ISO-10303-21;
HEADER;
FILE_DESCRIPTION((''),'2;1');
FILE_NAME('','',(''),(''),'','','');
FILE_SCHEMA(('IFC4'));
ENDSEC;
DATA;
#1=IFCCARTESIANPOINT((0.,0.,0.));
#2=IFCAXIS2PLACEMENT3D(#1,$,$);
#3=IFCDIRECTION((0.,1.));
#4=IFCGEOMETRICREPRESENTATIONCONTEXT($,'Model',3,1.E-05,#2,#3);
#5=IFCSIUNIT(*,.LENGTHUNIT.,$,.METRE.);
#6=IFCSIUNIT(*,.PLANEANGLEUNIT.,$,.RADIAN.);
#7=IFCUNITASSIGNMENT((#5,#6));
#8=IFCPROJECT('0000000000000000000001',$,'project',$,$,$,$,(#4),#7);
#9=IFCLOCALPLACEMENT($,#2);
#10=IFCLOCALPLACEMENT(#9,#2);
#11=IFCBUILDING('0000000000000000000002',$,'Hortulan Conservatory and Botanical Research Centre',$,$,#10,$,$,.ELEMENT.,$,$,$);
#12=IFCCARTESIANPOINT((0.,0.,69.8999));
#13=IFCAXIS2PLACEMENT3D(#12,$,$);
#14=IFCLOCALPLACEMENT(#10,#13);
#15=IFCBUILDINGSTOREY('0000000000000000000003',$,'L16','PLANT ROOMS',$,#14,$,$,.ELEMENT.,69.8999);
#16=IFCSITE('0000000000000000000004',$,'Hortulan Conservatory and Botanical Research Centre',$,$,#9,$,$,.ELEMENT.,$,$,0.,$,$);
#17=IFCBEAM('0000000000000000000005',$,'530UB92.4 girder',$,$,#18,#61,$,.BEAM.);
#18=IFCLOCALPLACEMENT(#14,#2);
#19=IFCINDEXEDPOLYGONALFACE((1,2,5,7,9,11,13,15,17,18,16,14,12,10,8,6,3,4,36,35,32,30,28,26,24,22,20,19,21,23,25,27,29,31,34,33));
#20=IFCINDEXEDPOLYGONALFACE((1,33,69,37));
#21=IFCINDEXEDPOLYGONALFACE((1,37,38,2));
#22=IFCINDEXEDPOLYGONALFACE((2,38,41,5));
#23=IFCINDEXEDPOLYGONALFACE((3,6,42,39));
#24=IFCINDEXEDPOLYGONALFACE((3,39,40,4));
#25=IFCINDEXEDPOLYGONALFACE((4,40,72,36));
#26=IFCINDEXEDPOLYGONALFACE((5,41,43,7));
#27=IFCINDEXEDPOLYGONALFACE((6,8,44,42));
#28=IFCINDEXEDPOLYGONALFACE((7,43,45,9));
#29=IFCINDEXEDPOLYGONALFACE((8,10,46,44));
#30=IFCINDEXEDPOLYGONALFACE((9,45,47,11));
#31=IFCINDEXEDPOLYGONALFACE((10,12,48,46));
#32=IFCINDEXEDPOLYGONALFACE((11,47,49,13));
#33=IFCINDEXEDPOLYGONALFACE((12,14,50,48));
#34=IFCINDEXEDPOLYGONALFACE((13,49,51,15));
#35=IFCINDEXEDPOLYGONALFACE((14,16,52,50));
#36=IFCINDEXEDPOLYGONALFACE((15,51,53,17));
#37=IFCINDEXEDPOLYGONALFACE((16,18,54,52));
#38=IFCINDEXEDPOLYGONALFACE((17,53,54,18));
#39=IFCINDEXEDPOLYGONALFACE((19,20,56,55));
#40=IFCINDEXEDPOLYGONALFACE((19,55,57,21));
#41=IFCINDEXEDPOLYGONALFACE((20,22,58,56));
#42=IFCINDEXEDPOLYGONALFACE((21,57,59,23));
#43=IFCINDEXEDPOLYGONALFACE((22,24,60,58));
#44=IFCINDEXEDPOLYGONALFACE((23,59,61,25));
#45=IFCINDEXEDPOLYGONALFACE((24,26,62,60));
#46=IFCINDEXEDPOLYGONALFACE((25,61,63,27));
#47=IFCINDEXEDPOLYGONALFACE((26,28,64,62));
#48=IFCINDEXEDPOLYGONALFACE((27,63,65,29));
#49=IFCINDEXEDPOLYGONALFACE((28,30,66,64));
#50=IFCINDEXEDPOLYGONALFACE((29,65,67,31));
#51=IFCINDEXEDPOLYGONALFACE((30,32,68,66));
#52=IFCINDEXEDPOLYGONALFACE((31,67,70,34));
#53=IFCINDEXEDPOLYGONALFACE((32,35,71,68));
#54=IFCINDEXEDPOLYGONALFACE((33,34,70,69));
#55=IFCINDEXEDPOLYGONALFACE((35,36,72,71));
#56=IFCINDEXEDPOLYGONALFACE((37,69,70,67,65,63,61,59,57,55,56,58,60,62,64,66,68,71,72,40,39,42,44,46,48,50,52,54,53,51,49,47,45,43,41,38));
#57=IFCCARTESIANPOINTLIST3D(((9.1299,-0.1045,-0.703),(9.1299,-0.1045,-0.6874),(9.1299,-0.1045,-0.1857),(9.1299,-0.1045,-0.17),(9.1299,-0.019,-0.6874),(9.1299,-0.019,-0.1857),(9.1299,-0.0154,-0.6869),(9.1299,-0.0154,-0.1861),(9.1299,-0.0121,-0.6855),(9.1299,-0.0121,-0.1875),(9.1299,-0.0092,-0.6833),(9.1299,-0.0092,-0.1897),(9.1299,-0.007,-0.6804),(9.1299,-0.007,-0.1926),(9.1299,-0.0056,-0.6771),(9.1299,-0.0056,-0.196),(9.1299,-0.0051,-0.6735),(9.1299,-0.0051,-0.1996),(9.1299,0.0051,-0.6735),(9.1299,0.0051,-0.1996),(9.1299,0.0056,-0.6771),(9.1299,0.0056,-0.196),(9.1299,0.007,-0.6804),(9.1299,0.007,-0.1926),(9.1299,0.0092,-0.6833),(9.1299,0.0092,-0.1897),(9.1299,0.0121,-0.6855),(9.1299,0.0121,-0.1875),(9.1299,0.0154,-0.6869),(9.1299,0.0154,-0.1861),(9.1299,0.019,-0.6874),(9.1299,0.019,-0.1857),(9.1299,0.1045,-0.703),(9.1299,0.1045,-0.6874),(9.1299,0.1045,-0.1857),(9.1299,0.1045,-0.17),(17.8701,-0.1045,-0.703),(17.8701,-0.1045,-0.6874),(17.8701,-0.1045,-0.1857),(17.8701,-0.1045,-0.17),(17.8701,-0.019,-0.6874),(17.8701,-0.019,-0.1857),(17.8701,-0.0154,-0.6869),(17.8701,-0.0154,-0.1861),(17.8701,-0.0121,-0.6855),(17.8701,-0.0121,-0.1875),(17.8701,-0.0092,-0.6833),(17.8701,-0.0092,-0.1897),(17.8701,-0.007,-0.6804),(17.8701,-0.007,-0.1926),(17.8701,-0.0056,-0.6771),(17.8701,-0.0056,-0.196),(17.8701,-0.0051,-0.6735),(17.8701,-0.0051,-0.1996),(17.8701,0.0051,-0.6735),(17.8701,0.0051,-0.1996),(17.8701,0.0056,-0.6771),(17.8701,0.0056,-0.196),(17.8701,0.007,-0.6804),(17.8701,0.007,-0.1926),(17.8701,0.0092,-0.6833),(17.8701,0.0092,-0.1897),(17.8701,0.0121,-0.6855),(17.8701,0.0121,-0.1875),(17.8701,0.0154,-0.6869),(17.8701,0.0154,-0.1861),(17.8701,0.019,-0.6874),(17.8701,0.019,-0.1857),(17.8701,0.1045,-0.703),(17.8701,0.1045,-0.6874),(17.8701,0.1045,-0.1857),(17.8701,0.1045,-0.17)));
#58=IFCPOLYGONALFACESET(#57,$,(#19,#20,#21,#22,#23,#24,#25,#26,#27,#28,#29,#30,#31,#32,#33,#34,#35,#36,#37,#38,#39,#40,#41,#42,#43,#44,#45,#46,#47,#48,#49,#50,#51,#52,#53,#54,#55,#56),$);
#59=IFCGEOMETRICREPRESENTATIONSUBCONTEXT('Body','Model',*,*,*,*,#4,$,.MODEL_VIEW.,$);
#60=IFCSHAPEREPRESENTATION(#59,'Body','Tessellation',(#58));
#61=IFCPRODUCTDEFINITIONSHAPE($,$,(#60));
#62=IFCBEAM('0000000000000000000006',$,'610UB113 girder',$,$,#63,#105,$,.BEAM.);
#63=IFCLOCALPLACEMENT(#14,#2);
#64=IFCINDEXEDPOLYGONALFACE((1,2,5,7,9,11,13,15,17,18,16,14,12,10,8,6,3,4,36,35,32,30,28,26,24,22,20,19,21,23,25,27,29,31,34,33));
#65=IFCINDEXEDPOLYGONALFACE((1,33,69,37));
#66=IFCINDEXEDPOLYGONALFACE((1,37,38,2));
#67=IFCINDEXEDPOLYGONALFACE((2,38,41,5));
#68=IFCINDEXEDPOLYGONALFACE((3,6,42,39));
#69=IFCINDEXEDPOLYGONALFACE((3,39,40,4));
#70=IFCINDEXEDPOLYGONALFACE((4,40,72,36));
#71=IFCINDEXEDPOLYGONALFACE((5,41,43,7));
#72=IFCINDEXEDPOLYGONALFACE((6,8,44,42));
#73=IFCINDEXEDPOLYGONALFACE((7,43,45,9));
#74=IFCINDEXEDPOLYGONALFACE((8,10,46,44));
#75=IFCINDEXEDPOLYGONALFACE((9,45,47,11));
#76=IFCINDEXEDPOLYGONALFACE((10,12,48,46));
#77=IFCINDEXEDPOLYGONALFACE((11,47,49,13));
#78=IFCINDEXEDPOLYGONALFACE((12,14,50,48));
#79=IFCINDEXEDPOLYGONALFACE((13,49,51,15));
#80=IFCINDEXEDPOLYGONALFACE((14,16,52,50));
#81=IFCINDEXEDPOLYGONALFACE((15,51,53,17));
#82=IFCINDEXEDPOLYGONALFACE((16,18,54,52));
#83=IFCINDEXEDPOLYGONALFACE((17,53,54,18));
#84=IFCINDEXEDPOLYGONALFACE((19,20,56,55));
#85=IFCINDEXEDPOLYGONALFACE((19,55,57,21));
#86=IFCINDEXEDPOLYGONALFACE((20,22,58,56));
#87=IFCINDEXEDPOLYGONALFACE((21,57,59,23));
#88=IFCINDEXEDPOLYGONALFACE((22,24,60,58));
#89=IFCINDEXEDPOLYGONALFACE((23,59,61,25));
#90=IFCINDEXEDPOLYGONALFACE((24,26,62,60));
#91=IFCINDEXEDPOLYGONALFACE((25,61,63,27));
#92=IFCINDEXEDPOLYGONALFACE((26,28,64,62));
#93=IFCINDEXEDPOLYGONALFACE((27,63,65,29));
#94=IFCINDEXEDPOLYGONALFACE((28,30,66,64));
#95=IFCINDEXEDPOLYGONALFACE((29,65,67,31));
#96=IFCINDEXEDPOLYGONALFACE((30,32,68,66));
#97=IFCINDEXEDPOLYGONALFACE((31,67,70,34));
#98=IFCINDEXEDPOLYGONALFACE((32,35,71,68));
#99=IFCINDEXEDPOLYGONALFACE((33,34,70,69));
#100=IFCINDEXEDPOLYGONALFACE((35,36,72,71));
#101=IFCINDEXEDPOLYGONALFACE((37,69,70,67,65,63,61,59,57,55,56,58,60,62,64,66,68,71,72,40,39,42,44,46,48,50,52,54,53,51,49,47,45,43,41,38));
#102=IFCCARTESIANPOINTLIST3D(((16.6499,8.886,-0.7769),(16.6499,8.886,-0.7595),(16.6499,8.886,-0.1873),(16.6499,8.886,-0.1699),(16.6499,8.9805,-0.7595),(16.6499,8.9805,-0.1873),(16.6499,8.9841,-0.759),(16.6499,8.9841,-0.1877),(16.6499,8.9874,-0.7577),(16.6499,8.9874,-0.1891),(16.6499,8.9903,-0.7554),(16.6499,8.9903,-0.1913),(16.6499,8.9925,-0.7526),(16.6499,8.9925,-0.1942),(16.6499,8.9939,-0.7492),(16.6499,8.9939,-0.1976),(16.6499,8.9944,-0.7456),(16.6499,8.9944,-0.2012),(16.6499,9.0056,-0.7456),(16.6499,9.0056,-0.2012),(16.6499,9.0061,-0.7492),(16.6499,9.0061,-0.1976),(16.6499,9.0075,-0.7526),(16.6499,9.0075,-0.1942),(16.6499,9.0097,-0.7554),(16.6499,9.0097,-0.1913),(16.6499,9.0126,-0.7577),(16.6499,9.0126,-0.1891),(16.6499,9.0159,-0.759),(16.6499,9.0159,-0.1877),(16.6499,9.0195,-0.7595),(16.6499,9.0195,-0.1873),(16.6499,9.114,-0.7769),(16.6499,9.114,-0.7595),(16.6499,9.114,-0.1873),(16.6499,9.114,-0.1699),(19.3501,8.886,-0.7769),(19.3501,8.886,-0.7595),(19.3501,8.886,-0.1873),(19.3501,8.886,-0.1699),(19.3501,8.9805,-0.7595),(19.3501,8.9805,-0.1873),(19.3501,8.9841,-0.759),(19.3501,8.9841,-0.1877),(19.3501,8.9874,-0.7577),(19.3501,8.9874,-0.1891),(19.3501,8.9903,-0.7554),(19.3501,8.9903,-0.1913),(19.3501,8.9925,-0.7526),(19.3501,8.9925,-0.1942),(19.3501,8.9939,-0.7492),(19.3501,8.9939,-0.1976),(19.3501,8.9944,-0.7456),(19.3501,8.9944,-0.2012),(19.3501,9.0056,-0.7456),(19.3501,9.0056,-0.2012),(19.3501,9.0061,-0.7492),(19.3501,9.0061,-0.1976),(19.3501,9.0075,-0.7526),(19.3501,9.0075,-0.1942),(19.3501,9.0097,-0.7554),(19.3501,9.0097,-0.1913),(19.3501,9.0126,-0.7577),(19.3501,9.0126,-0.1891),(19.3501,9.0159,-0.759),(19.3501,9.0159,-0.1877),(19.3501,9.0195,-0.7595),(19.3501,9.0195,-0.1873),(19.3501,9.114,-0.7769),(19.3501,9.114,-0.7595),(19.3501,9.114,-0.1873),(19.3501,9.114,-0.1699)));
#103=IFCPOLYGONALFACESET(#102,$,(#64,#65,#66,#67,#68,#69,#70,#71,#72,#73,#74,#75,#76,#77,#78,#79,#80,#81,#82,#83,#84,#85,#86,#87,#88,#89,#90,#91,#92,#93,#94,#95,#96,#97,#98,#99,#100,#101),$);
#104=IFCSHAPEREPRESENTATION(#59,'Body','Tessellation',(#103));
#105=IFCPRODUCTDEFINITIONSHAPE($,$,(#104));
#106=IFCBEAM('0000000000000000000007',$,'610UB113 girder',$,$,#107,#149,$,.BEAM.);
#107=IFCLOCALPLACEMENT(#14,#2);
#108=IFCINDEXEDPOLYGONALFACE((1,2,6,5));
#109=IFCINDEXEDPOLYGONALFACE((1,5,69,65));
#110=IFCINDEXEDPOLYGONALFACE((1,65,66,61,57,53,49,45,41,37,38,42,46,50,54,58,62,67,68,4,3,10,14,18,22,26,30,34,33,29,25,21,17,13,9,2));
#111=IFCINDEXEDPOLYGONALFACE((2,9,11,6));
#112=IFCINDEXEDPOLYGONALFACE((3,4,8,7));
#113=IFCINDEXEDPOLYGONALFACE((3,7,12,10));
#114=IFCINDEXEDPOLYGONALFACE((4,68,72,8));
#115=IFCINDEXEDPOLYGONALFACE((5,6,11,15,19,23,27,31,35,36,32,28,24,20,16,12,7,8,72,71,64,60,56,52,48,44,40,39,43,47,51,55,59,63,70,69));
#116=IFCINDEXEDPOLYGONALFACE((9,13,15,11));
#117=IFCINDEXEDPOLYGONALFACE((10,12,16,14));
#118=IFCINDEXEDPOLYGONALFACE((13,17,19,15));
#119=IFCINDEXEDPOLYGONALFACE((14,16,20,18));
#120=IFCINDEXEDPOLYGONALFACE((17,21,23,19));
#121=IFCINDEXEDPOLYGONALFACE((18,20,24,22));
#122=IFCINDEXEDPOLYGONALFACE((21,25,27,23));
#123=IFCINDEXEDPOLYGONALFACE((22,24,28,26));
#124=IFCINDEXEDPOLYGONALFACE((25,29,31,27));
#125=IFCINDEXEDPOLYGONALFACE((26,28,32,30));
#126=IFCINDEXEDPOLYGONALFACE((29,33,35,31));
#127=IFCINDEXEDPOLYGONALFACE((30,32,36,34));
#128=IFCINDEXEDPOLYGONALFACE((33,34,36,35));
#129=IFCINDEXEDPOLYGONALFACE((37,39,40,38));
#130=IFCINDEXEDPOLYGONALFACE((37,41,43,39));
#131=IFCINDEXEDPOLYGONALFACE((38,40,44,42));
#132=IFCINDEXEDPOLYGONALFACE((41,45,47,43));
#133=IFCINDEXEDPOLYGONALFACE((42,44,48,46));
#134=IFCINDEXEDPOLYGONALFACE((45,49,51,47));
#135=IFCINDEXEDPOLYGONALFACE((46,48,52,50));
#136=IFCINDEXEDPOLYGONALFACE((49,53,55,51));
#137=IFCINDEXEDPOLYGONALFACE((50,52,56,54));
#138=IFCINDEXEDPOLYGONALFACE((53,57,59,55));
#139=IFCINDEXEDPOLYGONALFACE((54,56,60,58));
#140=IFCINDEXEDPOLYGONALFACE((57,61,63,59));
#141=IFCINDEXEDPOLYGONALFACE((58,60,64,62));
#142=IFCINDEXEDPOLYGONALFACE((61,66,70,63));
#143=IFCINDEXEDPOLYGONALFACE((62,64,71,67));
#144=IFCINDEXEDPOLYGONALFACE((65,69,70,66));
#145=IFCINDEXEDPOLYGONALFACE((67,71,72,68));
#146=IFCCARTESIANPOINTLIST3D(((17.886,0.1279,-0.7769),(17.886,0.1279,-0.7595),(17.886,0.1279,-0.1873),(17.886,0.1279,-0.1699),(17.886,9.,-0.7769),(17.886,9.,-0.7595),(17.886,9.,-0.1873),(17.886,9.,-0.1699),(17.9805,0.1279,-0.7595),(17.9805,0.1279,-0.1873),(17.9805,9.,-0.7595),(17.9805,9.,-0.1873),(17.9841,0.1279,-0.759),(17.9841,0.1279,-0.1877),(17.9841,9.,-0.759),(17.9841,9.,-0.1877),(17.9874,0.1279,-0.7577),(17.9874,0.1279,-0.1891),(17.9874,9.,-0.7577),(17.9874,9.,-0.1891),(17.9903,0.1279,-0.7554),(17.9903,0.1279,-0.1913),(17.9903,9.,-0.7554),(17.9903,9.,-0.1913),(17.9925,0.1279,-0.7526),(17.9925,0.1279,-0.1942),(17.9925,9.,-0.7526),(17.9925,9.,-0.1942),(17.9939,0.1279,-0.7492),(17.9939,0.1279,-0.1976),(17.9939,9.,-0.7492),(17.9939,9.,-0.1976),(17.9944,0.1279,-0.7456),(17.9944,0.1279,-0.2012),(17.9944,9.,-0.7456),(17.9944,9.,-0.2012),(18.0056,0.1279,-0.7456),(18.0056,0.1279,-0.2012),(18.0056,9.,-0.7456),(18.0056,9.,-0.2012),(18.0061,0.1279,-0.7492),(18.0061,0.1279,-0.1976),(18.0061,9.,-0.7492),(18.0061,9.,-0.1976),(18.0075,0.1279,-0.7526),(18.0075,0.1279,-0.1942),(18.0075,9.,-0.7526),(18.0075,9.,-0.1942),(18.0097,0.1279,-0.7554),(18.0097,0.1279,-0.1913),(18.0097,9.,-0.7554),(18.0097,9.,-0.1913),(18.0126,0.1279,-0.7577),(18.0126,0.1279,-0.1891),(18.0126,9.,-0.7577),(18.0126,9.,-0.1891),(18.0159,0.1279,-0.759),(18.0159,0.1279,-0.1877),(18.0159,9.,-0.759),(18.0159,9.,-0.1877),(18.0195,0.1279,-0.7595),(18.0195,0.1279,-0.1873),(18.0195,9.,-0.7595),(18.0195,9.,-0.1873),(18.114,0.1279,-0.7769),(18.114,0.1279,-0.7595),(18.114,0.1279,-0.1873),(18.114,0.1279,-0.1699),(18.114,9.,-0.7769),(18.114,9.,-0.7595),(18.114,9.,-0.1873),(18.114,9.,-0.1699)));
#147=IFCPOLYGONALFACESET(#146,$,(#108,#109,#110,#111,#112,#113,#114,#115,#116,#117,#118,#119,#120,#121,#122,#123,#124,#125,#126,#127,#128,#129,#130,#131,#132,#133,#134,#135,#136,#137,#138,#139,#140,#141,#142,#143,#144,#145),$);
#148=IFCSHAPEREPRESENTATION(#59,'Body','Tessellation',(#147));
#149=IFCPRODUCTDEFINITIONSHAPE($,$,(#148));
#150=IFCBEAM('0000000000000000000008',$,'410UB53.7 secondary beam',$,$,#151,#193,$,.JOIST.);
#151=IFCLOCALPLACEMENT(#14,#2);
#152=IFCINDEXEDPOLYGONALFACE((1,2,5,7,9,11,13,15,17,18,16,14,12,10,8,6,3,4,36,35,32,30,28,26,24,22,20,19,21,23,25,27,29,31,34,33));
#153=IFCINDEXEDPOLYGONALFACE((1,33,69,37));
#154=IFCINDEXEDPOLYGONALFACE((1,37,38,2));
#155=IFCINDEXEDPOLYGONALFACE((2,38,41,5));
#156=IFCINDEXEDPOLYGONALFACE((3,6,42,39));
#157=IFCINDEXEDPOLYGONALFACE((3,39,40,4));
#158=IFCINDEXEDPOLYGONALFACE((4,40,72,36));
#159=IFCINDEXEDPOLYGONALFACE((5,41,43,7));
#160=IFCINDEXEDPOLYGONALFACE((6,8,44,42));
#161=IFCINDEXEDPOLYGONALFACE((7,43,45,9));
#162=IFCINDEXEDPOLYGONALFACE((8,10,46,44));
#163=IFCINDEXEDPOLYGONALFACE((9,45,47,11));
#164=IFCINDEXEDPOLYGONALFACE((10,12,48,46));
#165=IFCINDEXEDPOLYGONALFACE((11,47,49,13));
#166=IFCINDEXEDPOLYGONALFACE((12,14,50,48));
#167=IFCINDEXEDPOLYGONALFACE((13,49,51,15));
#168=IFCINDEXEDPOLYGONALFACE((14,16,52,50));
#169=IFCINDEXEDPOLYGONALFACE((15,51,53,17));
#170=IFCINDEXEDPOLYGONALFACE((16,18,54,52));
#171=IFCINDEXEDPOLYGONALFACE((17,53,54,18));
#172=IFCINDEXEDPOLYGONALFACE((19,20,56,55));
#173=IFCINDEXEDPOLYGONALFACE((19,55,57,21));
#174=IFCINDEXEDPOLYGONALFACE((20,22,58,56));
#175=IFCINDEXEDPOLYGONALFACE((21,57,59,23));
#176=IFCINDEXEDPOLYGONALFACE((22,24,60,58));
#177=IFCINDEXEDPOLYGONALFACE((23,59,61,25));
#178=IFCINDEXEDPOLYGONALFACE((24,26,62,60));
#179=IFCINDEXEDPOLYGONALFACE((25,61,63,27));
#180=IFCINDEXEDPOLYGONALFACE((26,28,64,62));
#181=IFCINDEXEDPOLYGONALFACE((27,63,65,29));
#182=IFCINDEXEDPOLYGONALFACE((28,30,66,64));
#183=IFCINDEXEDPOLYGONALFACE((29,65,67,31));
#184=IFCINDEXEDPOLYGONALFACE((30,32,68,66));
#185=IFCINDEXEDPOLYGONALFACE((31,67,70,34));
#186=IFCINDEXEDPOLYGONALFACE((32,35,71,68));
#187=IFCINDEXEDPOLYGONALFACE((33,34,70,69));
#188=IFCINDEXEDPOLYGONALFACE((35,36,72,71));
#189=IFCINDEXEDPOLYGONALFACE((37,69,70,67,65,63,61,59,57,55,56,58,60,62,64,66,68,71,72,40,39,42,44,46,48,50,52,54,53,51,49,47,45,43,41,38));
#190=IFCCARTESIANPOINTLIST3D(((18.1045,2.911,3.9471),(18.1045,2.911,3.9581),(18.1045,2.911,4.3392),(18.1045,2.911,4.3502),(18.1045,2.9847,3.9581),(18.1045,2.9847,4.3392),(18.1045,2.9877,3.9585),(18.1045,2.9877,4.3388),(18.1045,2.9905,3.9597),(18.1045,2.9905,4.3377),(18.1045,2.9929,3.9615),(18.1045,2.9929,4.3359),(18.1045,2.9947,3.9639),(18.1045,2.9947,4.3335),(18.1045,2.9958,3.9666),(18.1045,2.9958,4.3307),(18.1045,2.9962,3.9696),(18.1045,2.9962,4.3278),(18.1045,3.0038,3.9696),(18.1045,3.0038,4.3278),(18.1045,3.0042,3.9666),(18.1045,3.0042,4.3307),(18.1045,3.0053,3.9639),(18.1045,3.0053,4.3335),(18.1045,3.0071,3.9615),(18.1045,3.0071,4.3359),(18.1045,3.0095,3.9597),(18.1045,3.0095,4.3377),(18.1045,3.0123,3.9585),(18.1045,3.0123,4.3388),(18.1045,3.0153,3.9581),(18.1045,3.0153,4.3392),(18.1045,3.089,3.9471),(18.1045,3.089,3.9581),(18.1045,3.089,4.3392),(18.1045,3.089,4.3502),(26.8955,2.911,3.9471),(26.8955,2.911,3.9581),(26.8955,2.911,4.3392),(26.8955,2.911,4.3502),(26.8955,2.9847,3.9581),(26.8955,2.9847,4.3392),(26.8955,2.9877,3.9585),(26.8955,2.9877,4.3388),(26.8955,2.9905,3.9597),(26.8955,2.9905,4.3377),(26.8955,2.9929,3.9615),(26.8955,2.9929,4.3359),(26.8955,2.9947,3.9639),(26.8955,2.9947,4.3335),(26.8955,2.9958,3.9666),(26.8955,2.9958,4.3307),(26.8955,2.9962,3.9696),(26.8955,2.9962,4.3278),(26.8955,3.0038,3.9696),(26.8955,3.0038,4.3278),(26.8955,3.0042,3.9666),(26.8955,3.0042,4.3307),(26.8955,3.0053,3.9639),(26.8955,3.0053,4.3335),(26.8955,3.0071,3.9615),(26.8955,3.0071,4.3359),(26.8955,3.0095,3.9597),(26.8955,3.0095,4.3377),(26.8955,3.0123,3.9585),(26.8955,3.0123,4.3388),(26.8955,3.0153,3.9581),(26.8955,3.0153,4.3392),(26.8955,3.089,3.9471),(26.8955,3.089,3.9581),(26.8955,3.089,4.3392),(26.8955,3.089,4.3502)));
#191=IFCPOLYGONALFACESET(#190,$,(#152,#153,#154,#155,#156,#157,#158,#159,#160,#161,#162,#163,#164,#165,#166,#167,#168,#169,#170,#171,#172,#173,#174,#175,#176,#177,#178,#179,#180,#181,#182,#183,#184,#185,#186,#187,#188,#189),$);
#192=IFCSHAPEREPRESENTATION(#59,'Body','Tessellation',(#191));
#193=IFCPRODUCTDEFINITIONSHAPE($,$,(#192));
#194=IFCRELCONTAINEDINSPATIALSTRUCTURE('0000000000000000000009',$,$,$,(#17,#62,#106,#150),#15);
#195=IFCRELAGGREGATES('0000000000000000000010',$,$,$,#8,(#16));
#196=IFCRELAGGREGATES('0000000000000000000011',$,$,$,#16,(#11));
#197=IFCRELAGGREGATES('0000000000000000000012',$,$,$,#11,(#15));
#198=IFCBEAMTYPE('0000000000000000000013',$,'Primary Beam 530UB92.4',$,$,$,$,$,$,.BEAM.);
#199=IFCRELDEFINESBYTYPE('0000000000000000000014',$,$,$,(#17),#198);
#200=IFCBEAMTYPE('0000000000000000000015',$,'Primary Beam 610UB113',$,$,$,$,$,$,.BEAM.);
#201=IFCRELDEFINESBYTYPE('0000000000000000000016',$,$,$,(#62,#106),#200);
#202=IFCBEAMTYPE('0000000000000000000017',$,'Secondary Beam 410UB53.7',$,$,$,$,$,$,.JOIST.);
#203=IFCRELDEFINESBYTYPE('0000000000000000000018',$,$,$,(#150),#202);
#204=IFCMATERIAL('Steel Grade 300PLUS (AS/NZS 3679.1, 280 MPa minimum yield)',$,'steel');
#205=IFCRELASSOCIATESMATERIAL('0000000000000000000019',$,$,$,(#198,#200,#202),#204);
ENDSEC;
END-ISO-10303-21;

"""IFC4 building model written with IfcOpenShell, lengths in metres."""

from ifc_helpers import new_model, si_unit, direction, frame, origin, origin_2d, place, context, subcontext, project, spatial, i_section, extrude, material, material_profile, profile_set, type_object, element, save


model = new_model("IFC4")

# Units and contexts
model_context = context("Model", 3, precision=1e-05, world=origin(), true_north=direction((0.0, 1.0)))
body_context = subcontext(model_context, "Body", "Model", "MODEL_VIEW")
ifc_project = project(units=[si_unit("LENGTHUNIT", "METRE"), si_unit("PLANEANGLEUNIT", "RADIAN")], contexts=[model_context])

# Site, building, storey
site_placement = place(None, origin())
site = spatial("IfcSite", under=ifc_project, at=site_placement, Name="Hortulan Conservatory and Botanical Research Centre", CompositionType="ELEMENT", RefElevation=0.0)
building_placement = place(site_placement, origin())
building = spatial("IfcBuilding", under=site, at=building_placement, Name="Hortulan Conservatory and Botanical Research Centre", CompositionType="ELEMENT")
storey_placement = place(building_placement, frame((0.0, 0.0, 69.8999)))
storey = spatial("IfcBuildingStorey", under=building, at=storey_placement, Name="L16", Description="PLANT ROOMS", CompositionType="ELEMENT", Elevation=69.8999)

# Shared definitions
ifc_material_1 = material(Name="Steel Grade 300PLUS (AS/NZS 3679.1, 280 MPa minimum yield)", Category="steel")

# Beams
ifc_material_profile_1 = material_profile(ifc_material_1, i_section(OverallWidth=0.209, OverallDepth=0.533, WebThickness=0.0103, FlangeThickness=0.0156, FilletRadius=0.0139, at=origin_2d()), Name="530UB92.4")
ifc_profile_set_1 = profile_set([ifc_material_profile_1], Name="Steel Grade 300PLUS (AS/NZS 3679.1, 280 MPa minimum yield)")
beam_type_1 = type_object("IfcBeamType", Name="Primary Beam 530UB92.4", PredefinedType="BEAM", material=ifc_profile_set_1)
beam_1_placement = place(storey_placement, frame((9.1299, 0.0, -0.4365), z_axis=(1.0, 0.0, 0.0), x_axis=(0.0, 1.0, 0.0)))
element("IfcBeam", 1, at=beam_1_placement, inside=storey, type_object=beam_type_1, Name="530UB92.4 girder", PredefinedType="BEAM", context=body_context, shape_type="SweptSolid", body=[
    extrude(i_section(OverallWidth=0.209, OverallDepth=0.533, WebThickness=0.0103, FlangeThickness=0.0156, FilletRadius=0.0139, at=origin_2d()), origin(), (0.0, 0.0, 1.0), 8.7402),
])
ifc_material_profile_2 = material_profile(ifc_material_1, i_section(OverallWidth=0.228, OverallDepth=0.6069, WebThickness=0.0112, FlangeThickness=0.0173, FilletRadius=0.0139, at=origin_2d()), Name="610UB113")
ifc_profile_set_2 = profile_set([ifc_material_profile_2], Name="Steel Grade 300PLUS (AS/NZS 3679.1, 280 MPa minimum yield)")
beam_type_2 = type_object("IfcBeamType", Name="Primary Beam 610UB113", PredefinedType="BEAM", material=ifc_profile_set_2)
beam_2_placement = place(storey_placement, frame((16.6499, 9.0, -0.4734), z_axis=(1.0, 0.0, 0.0), x_axis=(0.0, 1.0, 0.0)))
element("IfcBeam", 2, at=beam_2_placement, inside=storey, type_object=beam_type_2, Name="610UB113 girder", PredefinedType="BEAM", context=body_context, shape_type="SweptSolid", body=[
    extrude(i_section(OverallWidth=0.228, OverallDepth=0.6069, WebThickness=0.0112, FlangeThickness=0.0173, FilletRadius=0.0139, at=origin_2d()), origin(), (0.0, 0.0, 1.0), 2.7002),
])
beam_3_placement = place(storey_placement, frame((18.0, 0.1279, -0.4734), z_axis=(0.0, 1.0, 0.0), x_axis=(-1.0, 0.0, 0.0)))
element("IfcBeam", 3, at=beam_3_placement, inside=storey, type_object=beam_type_2, Name="610UB113 girder", PredefinedType="BEAM", context=body_context, shape_type="SweptSolid", body=[
    extrude(i_section(OverallWidth=0.228, OverallDepth=0.6069, WebThickness=0.0112, FlangeThickness=0.0173, FilletRadius=0.0139, at=origin_2d()), origin(), (0.0, 0.0, 1.0), 8.8721),
])
ifc_material_profile_3 = material_profile(ifc_material_1, i_section(OverallWidth=0.178, OverallDepth=0.4031, WebThickness=0.0076, FlangeThickness=0.011, FilletRadius=0.0115, at=origin_2d()), Name="410UB53.7")
ifc_profile_set_3 = profile_set([ifc_material_profile_3], Name="Steel Grade 300PLUS (AS/NZS 3679.1, 280 MPa minimum yield)")
beam_type_3 = type_object("IfcBeamType", Name="Secondary Beam 410UB53.7", PredefinedType="JOIST", material=ifc_profile_set_3)
for number, where, z_axis, x_axis, name in (
    (4, (18.1045, 3.0, 4.1487), (1.0, 0.0, 0.0), (0.0, 1.0, 0.0), "410UB53.7 secondary beam"),
):
    element("IfcBeam", number, at=place(storey_placement, frame(where, z_axis=z_axis, x_axis=x_axis)), inside=storey, type_object=beam_type_3, Name=name, PredefinedType="JOIST", context=body_context, shape_type="SweptSolid", body=[
        extrude(i_section(OverallWidth=0.178, OverallDepth=0.4031, WebThickness=0.0076, FlangeThickness=0.011, FilletRadius=0.0115, at=origin_2d()), origin(), (0.0, 0.0, 1.0), 8.791),
    ])

save(model, "model.ifc")
